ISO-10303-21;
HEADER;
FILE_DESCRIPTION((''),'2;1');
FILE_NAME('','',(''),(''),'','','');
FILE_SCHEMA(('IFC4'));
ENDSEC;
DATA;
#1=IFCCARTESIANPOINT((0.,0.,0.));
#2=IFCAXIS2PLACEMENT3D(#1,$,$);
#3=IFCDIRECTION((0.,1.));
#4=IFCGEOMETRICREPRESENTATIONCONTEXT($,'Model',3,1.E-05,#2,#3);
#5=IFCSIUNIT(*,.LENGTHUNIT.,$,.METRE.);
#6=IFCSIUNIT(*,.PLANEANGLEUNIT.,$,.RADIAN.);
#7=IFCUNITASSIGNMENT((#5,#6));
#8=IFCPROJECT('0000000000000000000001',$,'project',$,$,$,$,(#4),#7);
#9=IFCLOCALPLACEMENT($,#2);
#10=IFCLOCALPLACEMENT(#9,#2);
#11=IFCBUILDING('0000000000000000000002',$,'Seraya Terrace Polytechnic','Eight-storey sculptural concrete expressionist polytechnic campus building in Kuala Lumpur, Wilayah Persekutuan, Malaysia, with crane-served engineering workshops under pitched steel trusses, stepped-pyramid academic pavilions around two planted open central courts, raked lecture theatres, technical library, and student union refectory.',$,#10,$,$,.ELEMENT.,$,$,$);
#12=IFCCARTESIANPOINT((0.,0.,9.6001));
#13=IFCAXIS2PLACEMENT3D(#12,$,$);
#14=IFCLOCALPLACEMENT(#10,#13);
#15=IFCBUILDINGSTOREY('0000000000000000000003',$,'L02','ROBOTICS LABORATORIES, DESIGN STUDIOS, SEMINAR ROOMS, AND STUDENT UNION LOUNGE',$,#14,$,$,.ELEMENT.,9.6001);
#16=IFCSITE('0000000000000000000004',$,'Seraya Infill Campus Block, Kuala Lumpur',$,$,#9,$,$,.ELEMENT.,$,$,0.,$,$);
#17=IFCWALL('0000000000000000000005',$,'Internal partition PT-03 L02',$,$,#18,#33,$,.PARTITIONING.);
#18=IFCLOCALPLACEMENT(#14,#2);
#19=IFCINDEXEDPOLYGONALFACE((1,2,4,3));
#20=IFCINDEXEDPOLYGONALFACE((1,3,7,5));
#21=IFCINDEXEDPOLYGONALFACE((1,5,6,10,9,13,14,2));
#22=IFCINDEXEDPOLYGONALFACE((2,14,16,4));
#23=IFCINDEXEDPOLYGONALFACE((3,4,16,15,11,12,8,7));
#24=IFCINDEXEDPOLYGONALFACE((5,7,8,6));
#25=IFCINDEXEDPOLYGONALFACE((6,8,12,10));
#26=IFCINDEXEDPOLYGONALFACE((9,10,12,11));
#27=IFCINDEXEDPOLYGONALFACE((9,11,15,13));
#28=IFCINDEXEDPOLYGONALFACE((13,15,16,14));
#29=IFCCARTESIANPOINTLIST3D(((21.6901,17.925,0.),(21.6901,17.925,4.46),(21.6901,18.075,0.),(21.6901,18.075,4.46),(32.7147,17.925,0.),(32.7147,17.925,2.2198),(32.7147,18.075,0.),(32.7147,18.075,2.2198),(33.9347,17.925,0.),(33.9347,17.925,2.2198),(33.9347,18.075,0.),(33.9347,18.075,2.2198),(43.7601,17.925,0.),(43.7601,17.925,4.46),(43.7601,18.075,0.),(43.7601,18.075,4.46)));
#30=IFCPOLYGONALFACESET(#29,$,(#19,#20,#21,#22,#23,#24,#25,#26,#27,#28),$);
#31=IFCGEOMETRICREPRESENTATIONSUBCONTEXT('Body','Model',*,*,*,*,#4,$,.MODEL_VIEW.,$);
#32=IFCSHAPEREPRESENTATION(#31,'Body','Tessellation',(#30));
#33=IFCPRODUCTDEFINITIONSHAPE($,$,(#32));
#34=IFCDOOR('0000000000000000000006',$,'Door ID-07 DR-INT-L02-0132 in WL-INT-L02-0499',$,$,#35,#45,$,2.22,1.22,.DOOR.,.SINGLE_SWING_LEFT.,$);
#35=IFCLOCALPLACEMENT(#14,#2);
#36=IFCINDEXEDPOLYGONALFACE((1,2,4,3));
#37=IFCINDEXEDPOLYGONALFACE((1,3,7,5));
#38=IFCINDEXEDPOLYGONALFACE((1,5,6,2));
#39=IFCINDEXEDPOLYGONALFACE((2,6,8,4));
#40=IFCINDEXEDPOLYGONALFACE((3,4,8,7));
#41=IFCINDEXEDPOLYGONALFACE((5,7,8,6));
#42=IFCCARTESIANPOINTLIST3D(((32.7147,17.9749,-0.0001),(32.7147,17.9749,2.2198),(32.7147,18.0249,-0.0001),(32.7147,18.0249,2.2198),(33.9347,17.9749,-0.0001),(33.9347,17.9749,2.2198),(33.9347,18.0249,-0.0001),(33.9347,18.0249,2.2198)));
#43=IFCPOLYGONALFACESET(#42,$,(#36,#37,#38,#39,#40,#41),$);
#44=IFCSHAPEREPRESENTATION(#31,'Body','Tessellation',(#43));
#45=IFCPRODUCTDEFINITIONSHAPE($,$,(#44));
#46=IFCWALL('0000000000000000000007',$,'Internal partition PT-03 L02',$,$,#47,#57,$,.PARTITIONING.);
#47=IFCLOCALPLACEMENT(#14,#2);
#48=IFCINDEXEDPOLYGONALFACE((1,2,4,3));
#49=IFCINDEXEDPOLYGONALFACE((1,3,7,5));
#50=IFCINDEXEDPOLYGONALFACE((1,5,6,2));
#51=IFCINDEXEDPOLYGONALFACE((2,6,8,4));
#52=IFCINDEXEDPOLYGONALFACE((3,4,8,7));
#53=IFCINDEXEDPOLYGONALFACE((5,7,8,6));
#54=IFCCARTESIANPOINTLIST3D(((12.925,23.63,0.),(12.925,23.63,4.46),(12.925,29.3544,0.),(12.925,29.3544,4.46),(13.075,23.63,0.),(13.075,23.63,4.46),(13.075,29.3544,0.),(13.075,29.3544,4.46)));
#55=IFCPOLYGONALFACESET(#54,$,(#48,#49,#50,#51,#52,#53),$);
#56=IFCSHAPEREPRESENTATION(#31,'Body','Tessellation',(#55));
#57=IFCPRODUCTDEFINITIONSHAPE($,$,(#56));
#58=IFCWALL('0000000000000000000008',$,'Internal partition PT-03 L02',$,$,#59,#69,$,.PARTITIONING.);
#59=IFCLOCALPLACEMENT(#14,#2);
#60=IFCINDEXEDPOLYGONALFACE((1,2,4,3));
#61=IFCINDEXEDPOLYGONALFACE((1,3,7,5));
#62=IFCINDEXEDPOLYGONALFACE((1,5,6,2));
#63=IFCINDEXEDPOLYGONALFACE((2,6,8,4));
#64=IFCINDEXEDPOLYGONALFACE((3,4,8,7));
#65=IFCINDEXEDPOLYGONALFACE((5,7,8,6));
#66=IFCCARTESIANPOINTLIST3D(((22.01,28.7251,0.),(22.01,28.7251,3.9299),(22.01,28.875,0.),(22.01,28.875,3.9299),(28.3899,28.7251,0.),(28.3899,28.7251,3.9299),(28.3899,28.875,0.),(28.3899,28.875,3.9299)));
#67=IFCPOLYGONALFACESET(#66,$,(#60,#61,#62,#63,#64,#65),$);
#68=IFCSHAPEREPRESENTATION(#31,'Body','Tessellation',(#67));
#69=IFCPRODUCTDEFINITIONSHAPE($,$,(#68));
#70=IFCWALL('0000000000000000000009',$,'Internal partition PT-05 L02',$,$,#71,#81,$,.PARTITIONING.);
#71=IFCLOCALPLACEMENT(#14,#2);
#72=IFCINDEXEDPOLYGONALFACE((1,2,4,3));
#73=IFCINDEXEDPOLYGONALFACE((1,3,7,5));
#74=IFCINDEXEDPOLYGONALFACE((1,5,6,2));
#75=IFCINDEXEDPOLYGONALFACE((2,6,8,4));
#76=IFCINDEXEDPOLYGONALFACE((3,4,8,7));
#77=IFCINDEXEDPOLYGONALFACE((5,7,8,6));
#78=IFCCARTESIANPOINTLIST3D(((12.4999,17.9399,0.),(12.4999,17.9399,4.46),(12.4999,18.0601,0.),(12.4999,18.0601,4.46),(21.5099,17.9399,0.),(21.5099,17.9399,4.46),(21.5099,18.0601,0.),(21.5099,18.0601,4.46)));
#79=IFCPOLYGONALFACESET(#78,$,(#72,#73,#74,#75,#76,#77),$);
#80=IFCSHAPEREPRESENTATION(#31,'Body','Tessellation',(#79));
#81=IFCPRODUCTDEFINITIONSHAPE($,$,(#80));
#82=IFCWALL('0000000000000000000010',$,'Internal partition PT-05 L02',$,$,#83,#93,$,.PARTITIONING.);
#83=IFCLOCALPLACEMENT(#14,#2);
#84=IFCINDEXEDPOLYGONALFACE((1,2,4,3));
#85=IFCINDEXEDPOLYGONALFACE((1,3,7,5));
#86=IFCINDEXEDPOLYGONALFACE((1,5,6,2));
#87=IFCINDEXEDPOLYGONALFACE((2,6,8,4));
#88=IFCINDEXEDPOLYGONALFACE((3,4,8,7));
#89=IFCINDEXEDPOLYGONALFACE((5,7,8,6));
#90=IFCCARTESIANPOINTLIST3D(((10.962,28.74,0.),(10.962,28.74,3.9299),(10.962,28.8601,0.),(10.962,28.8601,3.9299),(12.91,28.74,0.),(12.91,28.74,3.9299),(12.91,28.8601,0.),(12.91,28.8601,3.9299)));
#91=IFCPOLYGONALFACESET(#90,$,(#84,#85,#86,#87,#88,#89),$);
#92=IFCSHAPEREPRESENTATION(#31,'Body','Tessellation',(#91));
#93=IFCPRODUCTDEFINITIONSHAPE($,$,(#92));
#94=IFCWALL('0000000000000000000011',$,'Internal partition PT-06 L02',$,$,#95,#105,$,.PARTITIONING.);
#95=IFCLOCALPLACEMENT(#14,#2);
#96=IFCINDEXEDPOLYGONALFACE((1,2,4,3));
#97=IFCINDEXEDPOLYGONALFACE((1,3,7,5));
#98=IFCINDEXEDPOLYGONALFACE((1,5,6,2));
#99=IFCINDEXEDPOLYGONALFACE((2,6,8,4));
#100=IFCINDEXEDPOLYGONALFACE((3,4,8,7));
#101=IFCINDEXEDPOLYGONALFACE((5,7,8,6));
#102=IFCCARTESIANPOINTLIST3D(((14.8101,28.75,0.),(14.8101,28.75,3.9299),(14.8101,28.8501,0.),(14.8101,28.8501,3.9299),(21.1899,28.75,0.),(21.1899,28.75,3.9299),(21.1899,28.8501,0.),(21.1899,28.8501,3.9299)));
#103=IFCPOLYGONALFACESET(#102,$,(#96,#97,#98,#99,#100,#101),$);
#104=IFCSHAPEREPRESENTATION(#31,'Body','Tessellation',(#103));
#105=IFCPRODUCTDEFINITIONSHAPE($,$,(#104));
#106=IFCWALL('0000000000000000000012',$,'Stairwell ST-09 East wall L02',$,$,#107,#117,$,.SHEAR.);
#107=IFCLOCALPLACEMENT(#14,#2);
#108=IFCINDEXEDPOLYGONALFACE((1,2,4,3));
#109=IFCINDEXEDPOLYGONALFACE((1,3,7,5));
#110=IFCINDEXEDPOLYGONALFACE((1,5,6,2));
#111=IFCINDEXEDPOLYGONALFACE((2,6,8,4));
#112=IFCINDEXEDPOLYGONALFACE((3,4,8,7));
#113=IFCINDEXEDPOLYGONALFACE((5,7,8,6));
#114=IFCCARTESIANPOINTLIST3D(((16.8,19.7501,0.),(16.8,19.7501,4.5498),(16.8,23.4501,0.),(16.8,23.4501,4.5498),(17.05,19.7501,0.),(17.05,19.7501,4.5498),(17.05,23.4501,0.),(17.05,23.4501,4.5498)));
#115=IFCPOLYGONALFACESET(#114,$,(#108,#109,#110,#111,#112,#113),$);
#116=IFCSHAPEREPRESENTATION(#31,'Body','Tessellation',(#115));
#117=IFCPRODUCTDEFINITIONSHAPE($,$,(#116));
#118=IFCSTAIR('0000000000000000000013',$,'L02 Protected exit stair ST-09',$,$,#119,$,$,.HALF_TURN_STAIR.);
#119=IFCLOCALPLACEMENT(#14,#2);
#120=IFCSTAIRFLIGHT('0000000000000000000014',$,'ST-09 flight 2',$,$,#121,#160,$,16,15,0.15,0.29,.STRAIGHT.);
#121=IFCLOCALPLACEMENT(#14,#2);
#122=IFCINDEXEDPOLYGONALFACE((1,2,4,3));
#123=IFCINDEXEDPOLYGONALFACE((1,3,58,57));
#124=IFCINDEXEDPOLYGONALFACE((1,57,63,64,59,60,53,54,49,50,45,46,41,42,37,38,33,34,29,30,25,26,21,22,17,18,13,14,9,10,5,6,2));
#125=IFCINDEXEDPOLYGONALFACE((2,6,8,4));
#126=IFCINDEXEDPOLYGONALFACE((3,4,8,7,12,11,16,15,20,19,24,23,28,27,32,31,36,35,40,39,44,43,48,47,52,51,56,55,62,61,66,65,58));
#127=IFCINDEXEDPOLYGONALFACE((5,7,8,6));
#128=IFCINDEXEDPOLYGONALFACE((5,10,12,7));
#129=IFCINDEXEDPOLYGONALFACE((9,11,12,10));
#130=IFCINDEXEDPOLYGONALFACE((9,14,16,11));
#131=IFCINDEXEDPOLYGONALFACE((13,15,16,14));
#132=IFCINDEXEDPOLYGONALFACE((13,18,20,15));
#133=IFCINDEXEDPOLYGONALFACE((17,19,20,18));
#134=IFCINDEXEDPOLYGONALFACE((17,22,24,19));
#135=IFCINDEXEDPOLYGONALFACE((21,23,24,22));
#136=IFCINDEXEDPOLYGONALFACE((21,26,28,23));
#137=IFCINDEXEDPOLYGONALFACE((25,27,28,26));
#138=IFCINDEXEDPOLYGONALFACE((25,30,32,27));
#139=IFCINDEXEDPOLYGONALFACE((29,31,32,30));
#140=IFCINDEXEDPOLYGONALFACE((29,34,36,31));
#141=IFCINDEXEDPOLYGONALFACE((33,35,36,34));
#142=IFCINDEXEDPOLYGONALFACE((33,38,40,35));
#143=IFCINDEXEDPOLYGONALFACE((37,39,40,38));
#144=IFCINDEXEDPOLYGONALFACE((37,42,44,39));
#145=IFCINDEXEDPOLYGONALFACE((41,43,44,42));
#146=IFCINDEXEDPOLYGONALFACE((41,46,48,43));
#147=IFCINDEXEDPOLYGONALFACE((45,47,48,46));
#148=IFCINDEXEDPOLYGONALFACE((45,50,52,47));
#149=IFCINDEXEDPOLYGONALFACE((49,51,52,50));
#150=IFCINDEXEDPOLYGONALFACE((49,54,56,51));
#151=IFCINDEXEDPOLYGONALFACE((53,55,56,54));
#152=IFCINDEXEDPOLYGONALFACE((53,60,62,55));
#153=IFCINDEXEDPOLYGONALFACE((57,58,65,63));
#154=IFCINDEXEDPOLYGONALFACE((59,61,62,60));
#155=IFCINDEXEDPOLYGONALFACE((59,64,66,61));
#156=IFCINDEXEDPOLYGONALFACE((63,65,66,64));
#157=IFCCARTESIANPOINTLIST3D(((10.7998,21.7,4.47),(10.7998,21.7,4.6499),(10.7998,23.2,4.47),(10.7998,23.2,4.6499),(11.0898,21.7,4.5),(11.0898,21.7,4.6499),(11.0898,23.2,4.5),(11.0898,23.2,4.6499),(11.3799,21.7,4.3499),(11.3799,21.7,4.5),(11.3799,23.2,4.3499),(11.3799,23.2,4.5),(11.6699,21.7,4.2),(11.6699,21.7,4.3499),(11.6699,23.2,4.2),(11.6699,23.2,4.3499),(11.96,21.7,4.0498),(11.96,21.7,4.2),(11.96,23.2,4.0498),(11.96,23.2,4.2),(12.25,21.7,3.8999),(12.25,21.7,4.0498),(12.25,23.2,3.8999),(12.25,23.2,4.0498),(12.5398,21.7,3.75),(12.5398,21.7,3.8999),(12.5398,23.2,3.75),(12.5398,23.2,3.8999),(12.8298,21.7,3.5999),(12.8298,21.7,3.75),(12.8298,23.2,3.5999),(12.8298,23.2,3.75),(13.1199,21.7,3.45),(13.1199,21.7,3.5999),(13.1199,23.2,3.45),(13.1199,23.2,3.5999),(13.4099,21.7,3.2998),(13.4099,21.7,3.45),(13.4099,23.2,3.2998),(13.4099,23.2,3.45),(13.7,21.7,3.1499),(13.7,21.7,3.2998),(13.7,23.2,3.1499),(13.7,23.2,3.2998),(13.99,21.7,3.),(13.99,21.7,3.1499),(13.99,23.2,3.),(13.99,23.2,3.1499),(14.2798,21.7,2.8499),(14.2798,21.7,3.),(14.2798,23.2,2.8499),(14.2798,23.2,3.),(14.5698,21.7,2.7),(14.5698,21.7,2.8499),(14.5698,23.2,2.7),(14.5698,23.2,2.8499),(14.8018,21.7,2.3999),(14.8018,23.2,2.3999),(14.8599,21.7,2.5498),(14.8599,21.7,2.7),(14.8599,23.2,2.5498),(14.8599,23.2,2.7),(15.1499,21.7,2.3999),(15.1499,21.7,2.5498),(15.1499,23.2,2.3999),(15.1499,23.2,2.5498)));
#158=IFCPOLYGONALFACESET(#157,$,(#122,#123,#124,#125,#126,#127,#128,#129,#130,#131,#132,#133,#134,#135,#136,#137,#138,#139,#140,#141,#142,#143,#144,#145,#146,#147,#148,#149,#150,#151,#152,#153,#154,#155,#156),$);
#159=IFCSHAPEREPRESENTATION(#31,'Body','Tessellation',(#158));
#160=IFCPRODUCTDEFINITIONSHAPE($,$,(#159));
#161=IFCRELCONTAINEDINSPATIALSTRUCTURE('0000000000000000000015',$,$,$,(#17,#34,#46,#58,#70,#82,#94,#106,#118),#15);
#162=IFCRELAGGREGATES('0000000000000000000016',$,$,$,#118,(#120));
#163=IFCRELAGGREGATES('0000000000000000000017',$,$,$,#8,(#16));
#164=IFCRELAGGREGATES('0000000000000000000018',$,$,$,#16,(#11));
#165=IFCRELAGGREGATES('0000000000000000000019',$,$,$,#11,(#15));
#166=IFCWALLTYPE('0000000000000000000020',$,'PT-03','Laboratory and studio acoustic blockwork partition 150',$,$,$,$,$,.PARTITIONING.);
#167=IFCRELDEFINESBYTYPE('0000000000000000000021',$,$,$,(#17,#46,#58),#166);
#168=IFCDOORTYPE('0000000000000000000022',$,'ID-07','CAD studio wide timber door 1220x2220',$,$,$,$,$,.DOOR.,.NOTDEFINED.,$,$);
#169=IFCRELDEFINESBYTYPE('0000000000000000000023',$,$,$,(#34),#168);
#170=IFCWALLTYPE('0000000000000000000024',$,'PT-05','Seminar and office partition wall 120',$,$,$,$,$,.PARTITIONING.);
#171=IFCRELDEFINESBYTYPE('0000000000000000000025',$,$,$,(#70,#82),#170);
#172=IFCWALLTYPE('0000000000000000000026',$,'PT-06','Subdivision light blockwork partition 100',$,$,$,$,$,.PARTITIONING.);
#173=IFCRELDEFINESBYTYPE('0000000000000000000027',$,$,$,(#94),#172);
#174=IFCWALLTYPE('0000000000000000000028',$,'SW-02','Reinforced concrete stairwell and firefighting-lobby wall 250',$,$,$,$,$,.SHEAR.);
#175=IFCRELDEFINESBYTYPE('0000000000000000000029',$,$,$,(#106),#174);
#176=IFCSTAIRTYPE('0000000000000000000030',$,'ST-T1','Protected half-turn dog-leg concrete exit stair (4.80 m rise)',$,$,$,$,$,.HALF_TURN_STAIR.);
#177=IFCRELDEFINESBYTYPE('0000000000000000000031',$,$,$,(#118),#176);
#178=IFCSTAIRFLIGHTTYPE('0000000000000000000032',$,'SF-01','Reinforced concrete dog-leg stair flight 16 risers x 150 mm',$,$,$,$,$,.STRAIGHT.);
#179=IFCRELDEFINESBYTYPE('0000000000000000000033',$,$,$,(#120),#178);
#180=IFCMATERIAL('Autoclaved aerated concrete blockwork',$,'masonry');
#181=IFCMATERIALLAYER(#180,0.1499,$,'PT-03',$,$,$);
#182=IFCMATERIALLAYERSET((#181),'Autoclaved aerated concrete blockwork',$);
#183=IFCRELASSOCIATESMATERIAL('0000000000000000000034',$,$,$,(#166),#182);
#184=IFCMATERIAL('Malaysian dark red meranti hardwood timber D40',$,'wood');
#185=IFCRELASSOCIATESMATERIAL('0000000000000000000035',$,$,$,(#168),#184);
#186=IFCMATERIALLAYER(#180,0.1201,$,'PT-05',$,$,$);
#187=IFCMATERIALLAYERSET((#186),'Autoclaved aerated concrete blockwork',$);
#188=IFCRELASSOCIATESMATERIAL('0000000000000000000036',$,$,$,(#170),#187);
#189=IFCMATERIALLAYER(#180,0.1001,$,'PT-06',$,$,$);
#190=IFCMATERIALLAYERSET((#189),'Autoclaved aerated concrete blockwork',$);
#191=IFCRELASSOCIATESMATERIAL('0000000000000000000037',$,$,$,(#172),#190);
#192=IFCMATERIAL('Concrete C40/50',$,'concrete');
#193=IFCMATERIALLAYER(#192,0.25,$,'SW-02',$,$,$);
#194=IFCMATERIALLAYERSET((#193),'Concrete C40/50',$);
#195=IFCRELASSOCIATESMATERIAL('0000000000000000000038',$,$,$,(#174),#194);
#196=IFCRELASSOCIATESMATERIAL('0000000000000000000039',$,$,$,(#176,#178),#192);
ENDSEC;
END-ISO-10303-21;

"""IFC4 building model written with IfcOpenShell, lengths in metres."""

from ifc_helpers import new_model, si_unit, direction, frame, frame_2d, origin, place, context, subcontext, project, spatial, polyline, rectangle, outline, extrude, material, layer, layer_set, type_object, element, fill, aggregate, save


model = new_model("IFC4")

# Units and contexts
model_context = context("Model", 3, precision=1e-05, world=origin(), true_north=direction((0.0, 1.0)))
body_context = subcontext(model_context, "Body", "Model", "MODEL_VIEW")
ifc_project = project(units=[si_unit("LENGTHUNIT", "METRE"), si_unit("PLANEANGLEUNIT", "RADIAN")], contexts=[model_context])

# Site, building, storey
site_placement = place(None, origin())
site = spatial("IfcSite", under=ifc_project, at=site_placement, Name="Seraya Infill Campus Block, Kuala Lumpur", CompositionType="ELEMENT", RefElevation=0.0)
building_placement = place(site_placement, origin())
building = spatial("IfcBuilding", under=site, at=building_placement, Name="Seraya Terrace Polytechnic", Description="Eight-storey sculptural concrete expressionist polytechnic campus building in Kuala Lumpur, Wilayah Persekutuan, Malaysia, with crane-served engineering workshops under pitched steel trusses, stepped-pyramid academic pavilions around two planted open central courts, raked lecture theatres, technical library, and student union refectory.", CompositionType="ELEMENT")
storey_placement = place(building_placement, frame((0.0, 0.0, 9.6001)))
storey = spatial("IfcBuildingStorey", under=building, at=storey_placement, Name="L02", Description="ROBOTICS LABORATORIES, DESIGN STUDIOS, SEMINAR ROOMS, AND STUDENT UNION LOUNGE", CompositionType="ELEMENT", Elevation=9.6001)

# Shared definitions
ifc_material_1 = material(Name="Concrete C40/50", Category="concrete")

# Shared definitions
ifc_material_2 = material(Name="Autoclaved aerated concrete blockwork", Category="masonry")
ifc_layer_1 = layer(ifc_material_2, 0.1499, Name="PT-03")
ifc_layer_set_1 = layer_set([ifc_layer_1], Name="Autoclaved aerated concrete blockwork")
wall_type_1 = type_object("IfcWallType", Name="PT-03", Description="Laboratory and studio acoustic blockwork partition 150", PredefinedType="PARTITIONING", material=ifc_layer_set_1)

# Wall, opening, door
wall_1_placement = place(storey_placement, frame((21.6899, 18.0, 0.0), z_axis=(0.0, 0.0, 1.0), x_axis=(1.0, 0.0, 0.0)))
wall_1 = element("IfcWall", 1, at=wall_1_placement, inside=storey, type_object=wall_type_1, Name="Internal partition PT-03 L02", PredefinedType="PARTITIONING", context=body_context, shape_type="SweptSolid", body=[
    extrude(rectangle(XDim=22.0701, YDim=0.1499, at=frame_2d((11.0352, 0.0))), origin(), (0.0, 0.0, 1.0), 4.46),
])
opening_placement = place(wall_1_placement, frame((11.0249, 0.0, 0.0)))
opening = element("IfcOpeningElement", 2, at=opening_placement, cuts=wall_1, PredefinedType="OPENING", context=body_context, shape_type="SweptSolid", body=[
    extrude(rectangle(XDim=1.22, YDim=2.22, at=frame_2d((0.6099, 1.1099))), frame((0.0, 0.0869, 0.0), z_axis=(0.0, -1.0, 0.0), x_axis=(1.0, 0.0, 0.0)), (0.0, 0.0, 1.0), 0.1738),
])
ifc_material_3 = material(Name="Malaysian dark red meranti hardwood timber D40", Category="wood")
door_type = type_object("IfcDoorType", Name="ID-07", Description="CAD studio wide timber door 1220x2220", OperationType="NOTDEFINED", PredefinedType="DOOR", material=ifc_material_3)
door_placement = place(opening_placement, origin())
door = element("IfcDoor", 3, at=door_placement, inside=storey, type_object=door_type, Name="Door ID-07 DR-INT-L02-0132 in WL-INT-L02-0499", OperationType="SINGLE_SWING_LEFT", OverallHeight=2.22, OverallWidth=1.22, PredefinedType="DOOR", context=body_context, shape_type="SweptSolid", body=[
    extrude(rectangle(XDim=1.22, YDim=2.22, at=frame_2d((0.6099, 1.1099))), frame((0.0, 0.0249, 0.0), z_axis=(0.0, -1.0, 0.0), x_axis=(1.0, 0.0, 0.0)), (0.0, 0.0, 1.0), 0.05),
])
fill(opening, door)

# Walls
wall_2_placement = place(storey_placement, frame((13.0, 23.6299, 0.0), z_axis=(0.0, 0.0, 1.0), x_axis=(0.0, 1.0, 0.0)))
element("IfcWall", 4, at=wall_2_placement, inside=storey, type_object=wall_type_1, Name="Internal partition PT-03 L02", PredefinedType="PARTITIONING", context=body_context, shape_type="SweptSolid", body=[
    extrude(rectangle(XDim=5.7244, YDim=0.1499, at=frame_2d((2.8623, 0.0))), origin(), (0.0, 0.0, 1.0), 4.46),
])
wall_3_placement = place(storey_placement, frame((22.01, 28.8, 0.0), z_axis=(0.0, 0.0, 1.0), x_axis=(1.0, 0.0, 0.0)))
element("IfcWall", 5, at=wall_3_placement, inside=storey, type_object=wall_type_1, Name="Internal partition PT-03 L02", PredefinedType="PARTITIONING", context=body_context, shape_type="SweptSolid", body=[
    extrude(rectangle(XDim=6.3799, YDim=0.1499, at=frame_2d((3.1899, 0.0))), origin(), (0.0, 0.0, 1.0), 3.9299),
])
ifc_layer_2 = layer(ifc_material_2, 0.1201, Name="PT-05")
ifc_layer_set_2 = layer_set([ifc_layer_2], Name="Autoclaved aerated concrete blockwork")
wall_type_2 = type_object("IfcWallType", Name="PT-05", Description="Seminar and office partition wall 120", PredefinedType="PARTITIONING", material=ifc_layer_set_2)
wall_4_placement = place(storey_placement, frame((12.5, 18.0, 0.0), z_axis=(0.0, 0.0, 1.0), x_axis=(1.0, 0.0, 0.0)))
element("IfcWall", 6, at=wall_4_placement, inside=storey, type_object=wall_type_2, Name="Internal partition PT-05 L02", PredefinedType="PARTITIONING", context=body_context, shape_type="SweptSolid", body=[
    extrude(rectangle(XDim=9.01, YDim=0.1201, at=frame_2d((4.5049, 0.0))), origin(), (0.0, 0.0, 1.0), 4.46),
])
wall_5_placement = place(storey_placement, frame((10.9619, 28.8, 0.0), z_axis=(0.0, 0.0, 1.0), x_axis=(1.0, 0.0, 0.0)))
element("IfcWall", 7, at=wall_5_placement, inside=storey, type_object=wall_type_2, Name="Internal partition PT-05 L02", PredefinedType="PARTITIONING", context=body_context, shape_type="SweptSolid", body=[
    extrude(rectangle(XDim=1.948, YDim=0.1201, at=frame_2d((0.9741, 0.0))), origin(), (0.0, 0.0, 1.0), 3.9299),
])
ifc_layer_3 = layer(ifc_material_2, 0.1001, Name="PT-06")
ifc_layer_set_3 = layer_set([ifc_layer_3], Name="Autoclaved aerated concrete blockwork")
wall_type_3 = type_object("IfcWallType", Name="PT-06", Description="Subdivision light blockwork partition 100", PredefinedType="PARTITIONING", material=ifc_layer_set_3)
wall_6_placement = place(storey_placement, frame((14.8101, 28.8, 0.0), z_axis=(0.0, 0.0, 1.0), x_axis=(1.0, 0.0, 0.0)))
element("IfcWall", 8, at=wall_6_placement, inside=storey, type_object=wall_type_3, Name="Internal partition PT-06 L02", PredefinedType="PARTITIONING", context=body_context, shape_type="SweptSolid", body=[
    extrude(rectangle(XDim=6.3799, YDim=0.1001, at=frame_2d((3.1899, 0.0))), origin(), (0.0, 0.0, 1.0), 3.9299),
])
ifc_layer_4 = layer(ifc_material_1, 0.25, Name="SW-02")
ifc_layer_set_4 = layer_set([ifc_layer_4], Name="Concrete C40/50")
wall_type_4 = type_object("IfcWallType", Name="SW-02", Description="Reinforced concrete stairwell and firefighting-lobby wall 250", PredefinedType="SHEAR", material=ifc_layer_set_4)
wall_7_placement = place(storey_placement, frame((16.925, 19.75, 0.0), z_axis=(0.0, 0.0, 1.0), x_axis=(0.0, 1.0, 0.0)))
element("IfcWall", 9, at=wall_7_placement, inside=storey, type_object=wall_type_4, Name="Stairwell ST-09 East wall L02", PredefinedType="SHEAR", context=body_context, shape_type="SweptSolid", body=[
    extrude(rectangle(XDim=3.7, YDim=0.25, at=frame_2d((1.8501, 0.0))), origin(), (0.0, 0.0, 1.0), 4.5498),
])

# Stair, stair flight
stair_type_1 = type_object("IfcStairType", Name="ST-T1", Description="Protected half-turn dog-leg concrete exit stair (4.80 m rise)", PredefinedType="HALF_TURN_STAIR", material=ifc_material_1)
stair_1_placement = place(storey_placement, origin())
stair_1 = element("IfcStair", 10, at=stair_1_placement, inside=storey, type_object=stair_type_1, Name="L02 Protected exit stair ST-09", PredefinedType="HALF_TURN_STAIR")
stair_flight_type_1 = type_object("IfcStairFlightType", Name="SF-01", Description="Reinforced concrete dog-leg stair flight 16 risers x 150 mm", PredefinedType="STRAIGHT", material=ifc_material_1)
stair_flight_1_placement = place(storey_placement, frame((15.1499, 22.45, 2.3999), z_axis=(0.0, 0.0, 1.0), x_axis=(-1.0, 0.0, 0.0)))
stair_flight_1 = element("IfcStairFlight", 11, at=stair_flight_1_placement, type_object=stair_flight_type_1, Name="ST-09 flight 2", NumberOfRisers=16, NumberOfTreads=15, PredefinedType="STRAIGHT", RiserHeight=0.15, TreadLength=0.29, context=body_context, shape_type="SweptSolid", body=[
    extrude(outline(polyline([(0.0, 0.0), (0.0, 0.1499), (0.29, 0.1499), (0.29, 0.3), (0.5801, 0.3), (0.5801, 0.45), (0.8701, 0.45), (0.8701, 0.6001), (1.1599, 0.6001), (1.1599, 0.75), (1.45, 0.75), (1.45, 0.8999), (1.74, 0.8999), (1.74, 1.05), (2.03, 1.05), (2.03, 1.2), (2.3201, 1.2), (2.3201, 1.3501), (2.6101, 1.3501), (2.6101, 1.5), (2.8999, 1.5), (2.8999, 1.6499), (3.1899, 1.6499), (3.1899, 1.8), (3.48, 1.8), (3.48, 1.95), (3.77, 1.95), (3.77, 2.1001), (4.0601, 2.1001), (4.0601, 2.25), (4.3501, 2.25), (4.3501, 2.3999), (4.3501, 2.0701), (0.3481, 0.0), (0.0, 0.0)])), frame((0.0, 0.75, 0.0), z_axis=(0.0, -1.0, 0.0), x_axis=(1.0, 0.0, 0.0)), (0.0, 0.0, 1.0), 1.5),
])
aggregate(stair_1, [stair_flight_1])

save(model, "model.ifc")
